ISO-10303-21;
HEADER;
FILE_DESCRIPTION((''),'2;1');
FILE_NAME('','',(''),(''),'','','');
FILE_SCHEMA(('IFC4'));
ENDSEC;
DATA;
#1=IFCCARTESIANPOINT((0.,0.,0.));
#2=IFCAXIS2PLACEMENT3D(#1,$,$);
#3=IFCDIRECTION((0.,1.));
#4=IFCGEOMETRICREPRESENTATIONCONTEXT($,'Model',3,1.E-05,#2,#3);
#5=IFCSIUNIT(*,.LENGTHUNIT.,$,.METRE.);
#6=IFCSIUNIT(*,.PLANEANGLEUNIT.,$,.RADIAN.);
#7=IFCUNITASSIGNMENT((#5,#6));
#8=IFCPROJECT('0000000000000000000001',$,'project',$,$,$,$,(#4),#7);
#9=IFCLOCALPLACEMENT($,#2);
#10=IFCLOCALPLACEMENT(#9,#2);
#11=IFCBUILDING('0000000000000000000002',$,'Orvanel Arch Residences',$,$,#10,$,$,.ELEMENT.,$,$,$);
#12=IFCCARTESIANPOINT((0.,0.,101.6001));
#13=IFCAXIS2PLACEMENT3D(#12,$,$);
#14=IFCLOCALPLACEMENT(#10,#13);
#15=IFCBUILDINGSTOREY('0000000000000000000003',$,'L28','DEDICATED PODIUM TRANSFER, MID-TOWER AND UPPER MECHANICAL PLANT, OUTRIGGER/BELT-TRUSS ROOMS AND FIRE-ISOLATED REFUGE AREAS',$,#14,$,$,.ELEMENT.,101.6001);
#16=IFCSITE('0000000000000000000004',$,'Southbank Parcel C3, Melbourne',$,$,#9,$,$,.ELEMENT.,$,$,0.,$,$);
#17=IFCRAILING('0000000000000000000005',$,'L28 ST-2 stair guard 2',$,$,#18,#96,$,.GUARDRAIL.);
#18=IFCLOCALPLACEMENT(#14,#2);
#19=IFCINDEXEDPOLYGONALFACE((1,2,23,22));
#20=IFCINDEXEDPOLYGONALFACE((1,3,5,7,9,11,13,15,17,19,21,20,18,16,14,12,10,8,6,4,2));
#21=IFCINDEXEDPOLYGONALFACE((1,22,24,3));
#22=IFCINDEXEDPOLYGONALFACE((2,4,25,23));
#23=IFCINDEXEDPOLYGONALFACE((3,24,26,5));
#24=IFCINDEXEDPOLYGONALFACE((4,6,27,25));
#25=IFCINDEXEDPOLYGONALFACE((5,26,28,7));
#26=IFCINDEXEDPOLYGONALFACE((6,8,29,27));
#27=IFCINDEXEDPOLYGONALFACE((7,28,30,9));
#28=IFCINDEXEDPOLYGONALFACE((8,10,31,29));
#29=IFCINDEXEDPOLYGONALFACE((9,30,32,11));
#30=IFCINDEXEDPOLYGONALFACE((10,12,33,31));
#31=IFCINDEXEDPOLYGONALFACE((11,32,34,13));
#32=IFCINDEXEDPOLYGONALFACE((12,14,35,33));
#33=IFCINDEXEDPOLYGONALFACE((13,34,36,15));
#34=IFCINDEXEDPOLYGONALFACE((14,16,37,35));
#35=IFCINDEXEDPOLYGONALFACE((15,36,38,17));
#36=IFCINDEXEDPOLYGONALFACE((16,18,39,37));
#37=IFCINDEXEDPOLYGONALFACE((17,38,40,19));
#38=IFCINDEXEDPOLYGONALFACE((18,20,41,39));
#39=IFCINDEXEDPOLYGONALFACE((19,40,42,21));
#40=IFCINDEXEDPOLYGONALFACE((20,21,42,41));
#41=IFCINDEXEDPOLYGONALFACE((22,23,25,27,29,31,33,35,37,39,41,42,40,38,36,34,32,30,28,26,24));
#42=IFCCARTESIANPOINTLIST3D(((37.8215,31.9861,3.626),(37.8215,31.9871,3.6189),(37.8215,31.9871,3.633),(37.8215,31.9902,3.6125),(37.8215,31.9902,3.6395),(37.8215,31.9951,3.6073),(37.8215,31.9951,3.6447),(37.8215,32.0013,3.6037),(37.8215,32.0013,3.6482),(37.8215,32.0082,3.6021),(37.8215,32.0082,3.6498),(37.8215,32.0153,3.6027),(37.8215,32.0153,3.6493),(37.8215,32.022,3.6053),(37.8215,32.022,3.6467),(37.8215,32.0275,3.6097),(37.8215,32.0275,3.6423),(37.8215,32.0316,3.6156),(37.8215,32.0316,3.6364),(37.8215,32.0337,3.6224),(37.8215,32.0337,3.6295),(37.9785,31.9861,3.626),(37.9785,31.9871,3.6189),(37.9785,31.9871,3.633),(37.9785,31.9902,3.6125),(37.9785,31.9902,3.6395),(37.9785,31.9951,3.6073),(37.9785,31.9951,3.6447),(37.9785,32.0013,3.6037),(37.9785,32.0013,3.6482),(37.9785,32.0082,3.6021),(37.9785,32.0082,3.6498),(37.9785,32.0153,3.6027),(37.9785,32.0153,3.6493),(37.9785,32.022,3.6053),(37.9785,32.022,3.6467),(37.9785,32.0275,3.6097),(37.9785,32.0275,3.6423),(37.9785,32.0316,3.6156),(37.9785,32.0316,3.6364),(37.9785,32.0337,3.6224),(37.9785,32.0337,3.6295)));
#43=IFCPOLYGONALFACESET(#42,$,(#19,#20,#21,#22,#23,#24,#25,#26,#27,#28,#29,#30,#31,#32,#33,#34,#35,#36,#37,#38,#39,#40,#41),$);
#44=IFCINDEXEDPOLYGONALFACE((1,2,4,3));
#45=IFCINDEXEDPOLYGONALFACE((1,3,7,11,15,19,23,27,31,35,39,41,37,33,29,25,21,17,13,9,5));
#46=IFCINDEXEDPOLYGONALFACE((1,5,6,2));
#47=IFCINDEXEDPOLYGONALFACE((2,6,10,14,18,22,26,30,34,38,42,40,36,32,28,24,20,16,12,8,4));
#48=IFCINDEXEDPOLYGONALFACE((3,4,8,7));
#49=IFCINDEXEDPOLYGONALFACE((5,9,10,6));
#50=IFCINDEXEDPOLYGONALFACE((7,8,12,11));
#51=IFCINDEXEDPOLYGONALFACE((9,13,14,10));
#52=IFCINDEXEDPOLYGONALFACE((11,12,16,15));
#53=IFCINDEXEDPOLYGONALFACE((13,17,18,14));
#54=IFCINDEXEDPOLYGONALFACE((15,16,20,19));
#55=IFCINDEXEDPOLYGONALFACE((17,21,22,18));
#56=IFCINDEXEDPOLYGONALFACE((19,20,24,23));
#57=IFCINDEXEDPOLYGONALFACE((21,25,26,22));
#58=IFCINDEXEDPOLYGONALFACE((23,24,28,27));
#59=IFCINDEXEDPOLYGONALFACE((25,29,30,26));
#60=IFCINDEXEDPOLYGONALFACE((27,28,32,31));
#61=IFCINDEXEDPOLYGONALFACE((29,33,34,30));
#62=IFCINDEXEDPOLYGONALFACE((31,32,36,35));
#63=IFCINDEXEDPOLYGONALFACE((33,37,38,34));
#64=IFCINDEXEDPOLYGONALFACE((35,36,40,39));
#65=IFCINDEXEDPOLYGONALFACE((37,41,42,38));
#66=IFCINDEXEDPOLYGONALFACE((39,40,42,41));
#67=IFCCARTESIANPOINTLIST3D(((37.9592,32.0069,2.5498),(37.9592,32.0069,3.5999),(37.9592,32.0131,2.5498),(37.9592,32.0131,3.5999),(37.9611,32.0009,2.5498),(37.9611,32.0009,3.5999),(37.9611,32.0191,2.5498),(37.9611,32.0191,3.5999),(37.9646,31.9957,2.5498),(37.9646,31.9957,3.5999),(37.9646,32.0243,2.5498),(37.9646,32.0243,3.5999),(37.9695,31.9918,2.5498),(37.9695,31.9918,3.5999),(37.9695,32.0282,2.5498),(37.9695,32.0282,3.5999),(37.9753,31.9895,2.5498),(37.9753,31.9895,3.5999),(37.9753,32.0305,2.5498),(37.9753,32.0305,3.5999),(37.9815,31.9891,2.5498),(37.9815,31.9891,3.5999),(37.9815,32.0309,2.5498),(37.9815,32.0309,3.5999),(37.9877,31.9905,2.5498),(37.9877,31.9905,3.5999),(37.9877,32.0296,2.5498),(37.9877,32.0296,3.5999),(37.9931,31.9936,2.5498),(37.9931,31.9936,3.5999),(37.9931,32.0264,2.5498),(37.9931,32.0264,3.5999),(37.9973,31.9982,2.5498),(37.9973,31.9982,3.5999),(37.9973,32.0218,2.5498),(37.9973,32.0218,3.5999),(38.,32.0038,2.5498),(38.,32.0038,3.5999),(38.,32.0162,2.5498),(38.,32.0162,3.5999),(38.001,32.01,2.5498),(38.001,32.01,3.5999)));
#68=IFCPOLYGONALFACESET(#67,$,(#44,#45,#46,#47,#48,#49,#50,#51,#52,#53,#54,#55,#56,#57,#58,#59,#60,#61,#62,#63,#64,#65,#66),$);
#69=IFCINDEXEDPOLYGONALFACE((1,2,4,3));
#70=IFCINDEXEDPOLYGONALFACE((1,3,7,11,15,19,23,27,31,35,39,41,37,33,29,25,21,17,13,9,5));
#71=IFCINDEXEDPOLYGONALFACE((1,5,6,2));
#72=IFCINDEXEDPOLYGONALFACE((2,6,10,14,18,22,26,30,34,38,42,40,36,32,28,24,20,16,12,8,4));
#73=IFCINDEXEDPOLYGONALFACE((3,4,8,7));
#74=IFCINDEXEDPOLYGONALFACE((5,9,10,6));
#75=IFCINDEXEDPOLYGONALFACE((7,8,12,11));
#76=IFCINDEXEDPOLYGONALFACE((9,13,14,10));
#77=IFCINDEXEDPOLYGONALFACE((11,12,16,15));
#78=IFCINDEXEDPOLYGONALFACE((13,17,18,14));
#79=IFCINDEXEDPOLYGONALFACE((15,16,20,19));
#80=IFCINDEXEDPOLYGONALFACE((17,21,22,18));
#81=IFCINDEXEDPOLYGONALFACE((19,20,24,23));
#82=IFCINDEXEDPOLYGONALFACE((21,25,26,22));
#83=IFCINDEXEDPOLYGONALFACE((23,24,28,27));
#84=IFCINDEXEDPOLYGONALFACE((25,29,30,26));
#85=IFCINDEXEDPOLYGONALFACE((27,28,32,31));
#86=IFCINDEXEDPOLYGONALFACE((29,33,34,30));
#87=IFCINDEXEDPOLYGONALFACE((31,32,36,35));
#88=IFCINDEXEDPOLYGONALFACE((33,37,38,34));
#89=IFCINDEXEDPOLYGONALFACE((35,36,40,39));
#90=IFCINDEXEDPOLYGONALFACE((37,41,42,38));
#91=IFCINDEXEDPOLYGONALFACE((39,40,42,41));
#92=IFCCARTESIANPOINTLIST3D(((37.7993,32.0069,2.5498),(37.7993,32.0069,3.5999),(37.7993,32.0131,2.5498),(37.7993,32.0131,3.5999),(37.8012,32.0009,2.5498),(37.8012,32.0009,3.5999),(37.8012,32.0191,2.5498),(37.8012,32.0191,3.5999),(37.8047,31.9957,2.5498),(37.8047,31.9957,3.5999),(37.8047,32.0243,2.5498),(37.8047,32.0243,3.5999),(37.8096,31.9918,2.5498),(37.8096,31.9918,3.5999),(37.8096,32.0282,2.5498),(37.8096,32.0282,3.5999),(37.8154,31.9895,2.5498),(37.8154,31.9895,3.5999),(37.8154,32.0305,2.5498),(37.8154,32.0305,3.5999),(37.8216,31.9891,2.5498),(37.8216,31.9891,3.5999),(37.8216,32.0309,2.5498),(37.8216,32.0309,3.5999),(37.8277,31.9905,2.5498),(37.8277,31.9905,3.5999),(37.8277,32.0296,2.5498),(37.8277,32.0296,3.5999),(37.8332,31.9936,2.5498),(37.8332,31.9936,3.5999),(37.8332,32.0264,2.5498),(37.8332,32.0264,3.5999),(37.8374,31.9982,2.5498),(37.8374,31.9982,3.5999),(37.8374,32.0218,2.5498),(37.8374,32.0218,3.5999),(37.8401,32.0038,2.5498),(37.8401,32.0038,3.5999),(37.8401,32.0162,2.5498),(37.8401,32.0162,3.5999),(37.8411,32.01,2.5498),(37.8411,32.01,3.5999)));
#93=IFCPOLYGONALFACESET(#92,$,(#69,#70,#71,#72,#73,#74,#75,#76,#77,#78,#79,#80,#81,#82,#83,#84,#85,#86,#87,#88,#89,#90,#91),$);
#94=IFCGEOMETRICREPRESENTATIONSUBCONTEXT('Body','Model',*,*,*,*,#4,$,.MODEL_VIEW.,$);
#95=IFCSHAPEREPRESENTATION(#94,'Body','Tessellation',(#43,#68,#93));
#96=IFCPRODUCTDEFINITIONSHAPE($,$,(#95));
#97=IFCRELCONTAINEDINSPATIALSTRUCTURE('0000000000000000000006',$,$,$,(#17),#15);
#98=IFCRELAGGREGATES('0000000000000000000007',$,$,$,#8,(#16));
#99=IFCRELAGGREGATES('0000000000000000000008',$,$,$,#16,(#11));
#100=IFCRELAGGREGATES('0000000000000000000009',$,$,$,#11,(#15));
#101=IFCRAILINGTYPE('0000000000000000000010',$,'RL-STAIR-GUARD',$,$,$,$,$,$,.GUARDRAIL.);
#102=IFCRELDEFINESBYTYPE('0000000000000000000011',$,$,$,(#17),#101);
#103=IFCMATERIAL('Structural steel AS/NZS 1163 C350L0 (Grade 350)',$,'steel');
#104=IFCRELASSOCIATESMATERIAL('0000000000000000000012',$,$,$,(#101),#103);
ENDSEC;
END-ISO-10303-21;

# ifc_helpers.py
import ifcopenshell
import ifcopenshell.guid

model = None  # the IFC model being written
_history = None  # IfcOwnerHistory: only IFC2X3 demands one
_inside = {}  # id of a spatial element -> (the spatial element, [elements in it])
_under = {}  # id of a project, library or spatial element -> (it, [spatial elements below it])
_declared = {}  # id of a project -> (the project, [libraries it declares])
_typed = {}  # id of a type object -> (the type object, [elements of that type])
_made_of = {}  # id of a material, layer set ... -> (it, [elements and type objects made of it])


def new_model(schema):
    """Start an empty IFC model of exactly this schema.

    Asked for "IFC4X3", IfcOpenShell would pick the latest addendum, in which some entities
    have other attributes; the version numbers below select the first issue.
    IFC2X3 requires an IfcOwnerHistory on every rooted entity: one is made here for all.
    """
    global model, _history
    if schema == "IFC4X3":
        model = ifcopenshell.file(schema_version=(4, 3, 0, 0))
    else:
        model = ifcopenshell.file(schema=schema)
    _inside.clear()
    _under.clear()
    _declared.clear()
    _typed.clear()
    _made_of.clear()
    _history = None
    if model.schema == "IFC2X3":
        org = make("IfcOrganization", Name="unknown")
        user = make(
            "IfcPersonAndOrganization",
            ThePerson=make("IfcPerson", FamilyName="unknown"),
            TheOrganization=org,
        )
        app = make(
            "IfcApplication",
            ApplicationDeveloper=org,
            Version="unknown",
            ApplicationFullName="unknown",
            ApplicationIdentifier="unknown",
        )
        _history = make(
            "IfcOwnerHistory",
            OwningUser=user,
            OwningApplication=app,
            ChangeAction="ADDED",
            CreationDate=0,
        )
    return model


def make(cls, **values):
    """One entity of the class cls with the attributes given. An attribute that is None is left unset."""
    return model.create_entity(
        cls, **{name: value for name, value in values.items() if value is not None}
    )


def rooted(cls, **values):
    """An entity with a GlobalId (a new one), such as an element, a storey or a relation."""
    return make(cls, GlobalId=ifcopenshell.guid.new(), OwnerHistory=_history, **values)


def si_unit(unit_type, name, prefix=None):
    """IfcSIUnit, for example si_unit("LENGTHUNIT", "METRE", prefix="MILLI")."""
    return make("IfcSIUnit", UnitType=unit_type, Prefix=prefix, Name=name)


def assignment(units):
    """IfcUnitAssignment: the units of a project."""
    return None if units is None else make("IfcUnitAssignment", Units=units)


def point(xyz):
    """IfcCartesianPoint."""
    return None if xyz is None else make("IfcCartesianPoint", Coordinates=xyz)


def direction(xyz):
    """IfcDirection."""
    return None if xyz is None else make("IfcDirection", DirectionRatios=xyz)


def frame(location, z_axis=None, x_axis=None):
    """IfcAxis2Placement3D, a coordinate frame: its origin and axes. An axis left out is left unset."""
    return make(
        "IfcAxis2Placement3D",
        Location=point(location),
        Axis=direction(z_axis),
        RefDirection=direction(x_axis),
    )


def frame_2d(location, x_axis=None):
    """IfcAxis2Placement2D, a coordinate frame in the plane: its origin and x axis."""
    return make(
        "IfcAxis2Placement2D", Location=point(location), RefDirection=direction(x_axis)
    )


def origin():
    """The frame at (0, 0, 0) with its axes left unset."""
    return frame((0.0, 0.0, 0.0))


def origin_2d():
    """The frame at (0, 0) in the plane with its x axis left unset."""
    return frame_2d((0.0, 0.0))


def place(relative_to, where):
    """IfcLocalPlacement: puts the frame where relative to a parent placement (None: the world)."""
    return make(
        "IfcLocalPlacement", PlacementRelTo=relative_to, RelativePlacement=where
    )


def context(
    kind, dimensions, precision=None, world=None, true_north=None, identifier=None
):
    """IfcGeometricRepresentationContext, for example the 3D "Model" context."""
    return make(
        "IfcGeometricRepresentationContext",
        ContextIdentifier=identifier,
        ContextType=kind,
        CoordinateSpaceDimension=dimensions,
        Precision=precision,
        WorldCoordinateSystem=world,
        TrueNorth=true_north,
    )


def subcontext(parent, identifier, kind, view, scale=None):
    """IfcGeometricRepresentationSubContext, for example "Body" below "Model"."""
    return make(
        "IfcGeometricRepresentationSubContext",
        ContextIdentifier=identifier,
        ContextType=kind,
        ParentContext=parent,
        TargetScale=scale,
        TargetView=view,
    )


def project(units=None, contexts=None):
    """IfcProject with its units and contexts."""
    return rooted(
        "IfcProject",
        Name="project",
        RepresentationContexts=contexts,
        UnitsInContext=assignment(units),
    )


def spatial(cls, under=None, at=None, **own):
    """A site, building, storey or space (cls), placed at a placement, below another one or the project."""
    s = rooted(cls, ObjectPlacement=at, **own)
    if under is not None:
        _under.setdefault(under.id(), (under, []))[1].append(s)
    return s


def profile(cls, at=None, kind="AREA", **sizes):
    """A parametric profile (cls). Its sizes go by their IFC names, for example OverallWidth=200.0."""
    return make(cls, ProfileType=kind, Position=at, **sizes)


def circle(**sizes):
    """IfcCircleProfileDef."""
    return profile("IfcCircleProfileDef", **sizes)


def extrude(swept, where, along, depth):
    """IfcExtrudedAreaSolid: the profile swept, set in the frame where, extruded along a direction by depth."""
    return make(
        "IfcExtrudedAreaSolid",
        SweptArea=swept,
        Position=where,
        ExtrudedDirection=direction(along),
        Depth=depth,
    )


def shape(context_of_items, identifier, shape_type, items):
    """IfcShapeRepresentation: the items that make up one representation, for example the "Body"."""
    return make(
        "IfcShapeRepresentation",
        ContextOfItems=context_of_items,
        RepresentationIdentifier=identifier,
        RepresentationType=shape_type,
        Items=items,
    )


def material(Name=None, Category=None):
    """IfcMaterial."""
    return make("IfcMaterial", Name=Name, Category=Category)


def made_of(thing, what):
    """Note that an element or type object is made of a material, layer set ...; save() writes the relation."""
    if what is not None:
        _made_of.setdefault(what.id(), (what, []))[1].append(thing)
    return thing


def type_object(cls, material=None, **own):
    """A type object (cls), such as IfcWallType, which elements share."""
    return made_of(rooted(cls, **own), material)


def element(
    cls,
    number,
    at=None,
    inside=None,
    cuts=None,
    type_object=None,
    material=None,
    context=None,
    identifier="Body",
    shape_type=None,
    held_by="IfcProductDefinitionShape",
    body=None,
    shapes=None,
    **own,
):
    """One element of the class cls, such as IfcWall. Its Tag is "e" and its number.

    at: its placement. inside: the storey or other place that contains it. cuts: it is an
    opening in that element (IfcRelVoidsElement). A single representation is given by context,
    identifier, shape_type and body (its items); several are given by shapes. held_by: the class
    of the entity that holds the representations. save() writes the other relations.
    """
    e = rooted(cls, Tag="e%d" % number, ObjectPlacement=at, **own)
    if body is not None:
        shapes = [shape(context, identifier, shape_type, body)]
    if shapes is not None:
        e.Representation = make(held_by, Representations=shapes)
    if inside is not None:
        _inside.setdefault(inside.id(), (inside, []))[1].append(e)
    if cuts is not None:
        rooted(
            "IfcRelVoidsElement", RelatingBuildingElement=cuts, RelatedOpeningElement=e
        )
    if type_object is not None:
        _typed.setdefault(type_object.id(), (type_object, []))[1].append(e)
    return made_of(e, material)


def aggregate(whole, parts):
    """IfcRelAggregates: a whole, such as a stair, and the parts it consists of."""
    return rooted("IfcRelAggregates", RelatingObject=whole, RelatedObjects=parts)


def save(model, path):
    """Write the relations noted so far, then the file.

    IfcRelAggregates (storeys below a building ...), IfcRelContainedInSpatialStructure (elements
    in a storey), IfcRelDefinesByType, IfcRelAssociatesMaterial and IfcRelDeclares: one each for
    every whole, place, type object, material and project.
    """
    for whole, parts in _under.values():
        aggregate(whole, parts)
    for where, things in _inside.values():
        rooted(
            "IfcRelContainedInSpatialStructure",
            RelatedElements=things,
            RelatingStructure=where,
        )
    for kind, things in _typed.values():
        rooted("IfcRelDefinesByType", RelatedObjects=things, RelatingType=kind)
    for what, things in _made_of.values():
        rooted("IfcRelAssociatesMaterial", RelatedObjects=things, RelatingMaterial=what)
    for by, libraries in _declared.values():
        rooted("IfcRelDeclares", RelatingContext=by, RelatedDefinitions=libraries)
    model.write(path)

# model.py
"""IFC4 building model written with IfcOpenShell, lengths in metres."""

from ifc_helpers import new_model, si_unit, direction, frame, origin, origin_2d, place, context, subcontext, project, spatial, circle, extrude, material, type_object, element, save


model = new_model("IFC4")

# Units and contexts
model_context = context("Model", 3, precision=1e-05, world=origin(), true_north=direction((0.0, 1.0)))
body_context = subcontext(model_context, "Body", "Model", "MODEL_VIEW")
ifc_project = project(units=[si_unit("LENGTHUNIT", "METRE"), si_unit("PLANEANGLEUNIT", "RADIAN")], contexts=[model_context])

# Site, building, storey
site_placement = place(None, origin())
site = spatial("IfcSite", under=ifc_project, at=site_placement, Name="Southbank Parcel C3, Melbourne", CompositionType="ELEMENT", RefElevation=0.0)
building_placement = place(site_placement, origin())
building = spatial("IfcBuilding", under=site, at=building_placement, Name="Orvanel Arch Residences", CompositionType="ELEMENT")
storey_placement = place(building_placement, frame((0.0, 0.0, 101.6001)))
storey = spatial("IfcBuildingStorey", under=building, at=storey_placement, Name="L28", Description="DEDICATED PODIUM TRANSFER, MID-TOWER AND UPPER MECHANICAL PLANT, OUTRIGGER/BELT-TRUSS ROOMS AND FIRE-ISOLATED REFUGE AREAS", CompositionType="ELEMENT", Elevation=101.6001)

# Railing
ifc_material_1 = material(Name="Structural steel AS/NZS 1163 C350L0 (Grade 350)", Category="steel")
railing_type_1 = type_object("IfcRailingType", Name="RL-STAIR-GUARD", PredefinedType="GUARDRAIL", material=ifc_material_1)
railing_1_placement = place(storey_placement, frame((37.98, 32.01, 2.5498)))
element("IfcRailing", 1, at=railing_1_placement, inside=storey, type_object=railing_type_1, Name="L28 ST-2 stair guard 2", PredefinedType="GUARDRAIL", context=body_context, shape_type="SweptSolid", body=[
    extrude(circle(Radius=0.0239, at=origin_2d()), frame((-0.0015, 0.0, 1.0762), z_axis=(-1.0, 0.0, 0.0), x_axis=(0.0, -1.0, 0.0)), (0.0, 0.0, 1.0), 0.157),
    extrude(circle(Radius=0.021, at=origin_2d()), origin(), (0.0, 0.0, 1.0), 1.05),
    extrude(circle(Radius=0.021, at=origin_2d()), frame((-0.1599, 0.0, 0.0)), (0.0, 0.0, 1.0), 1.05),
])

save(model, "model.ifc")
